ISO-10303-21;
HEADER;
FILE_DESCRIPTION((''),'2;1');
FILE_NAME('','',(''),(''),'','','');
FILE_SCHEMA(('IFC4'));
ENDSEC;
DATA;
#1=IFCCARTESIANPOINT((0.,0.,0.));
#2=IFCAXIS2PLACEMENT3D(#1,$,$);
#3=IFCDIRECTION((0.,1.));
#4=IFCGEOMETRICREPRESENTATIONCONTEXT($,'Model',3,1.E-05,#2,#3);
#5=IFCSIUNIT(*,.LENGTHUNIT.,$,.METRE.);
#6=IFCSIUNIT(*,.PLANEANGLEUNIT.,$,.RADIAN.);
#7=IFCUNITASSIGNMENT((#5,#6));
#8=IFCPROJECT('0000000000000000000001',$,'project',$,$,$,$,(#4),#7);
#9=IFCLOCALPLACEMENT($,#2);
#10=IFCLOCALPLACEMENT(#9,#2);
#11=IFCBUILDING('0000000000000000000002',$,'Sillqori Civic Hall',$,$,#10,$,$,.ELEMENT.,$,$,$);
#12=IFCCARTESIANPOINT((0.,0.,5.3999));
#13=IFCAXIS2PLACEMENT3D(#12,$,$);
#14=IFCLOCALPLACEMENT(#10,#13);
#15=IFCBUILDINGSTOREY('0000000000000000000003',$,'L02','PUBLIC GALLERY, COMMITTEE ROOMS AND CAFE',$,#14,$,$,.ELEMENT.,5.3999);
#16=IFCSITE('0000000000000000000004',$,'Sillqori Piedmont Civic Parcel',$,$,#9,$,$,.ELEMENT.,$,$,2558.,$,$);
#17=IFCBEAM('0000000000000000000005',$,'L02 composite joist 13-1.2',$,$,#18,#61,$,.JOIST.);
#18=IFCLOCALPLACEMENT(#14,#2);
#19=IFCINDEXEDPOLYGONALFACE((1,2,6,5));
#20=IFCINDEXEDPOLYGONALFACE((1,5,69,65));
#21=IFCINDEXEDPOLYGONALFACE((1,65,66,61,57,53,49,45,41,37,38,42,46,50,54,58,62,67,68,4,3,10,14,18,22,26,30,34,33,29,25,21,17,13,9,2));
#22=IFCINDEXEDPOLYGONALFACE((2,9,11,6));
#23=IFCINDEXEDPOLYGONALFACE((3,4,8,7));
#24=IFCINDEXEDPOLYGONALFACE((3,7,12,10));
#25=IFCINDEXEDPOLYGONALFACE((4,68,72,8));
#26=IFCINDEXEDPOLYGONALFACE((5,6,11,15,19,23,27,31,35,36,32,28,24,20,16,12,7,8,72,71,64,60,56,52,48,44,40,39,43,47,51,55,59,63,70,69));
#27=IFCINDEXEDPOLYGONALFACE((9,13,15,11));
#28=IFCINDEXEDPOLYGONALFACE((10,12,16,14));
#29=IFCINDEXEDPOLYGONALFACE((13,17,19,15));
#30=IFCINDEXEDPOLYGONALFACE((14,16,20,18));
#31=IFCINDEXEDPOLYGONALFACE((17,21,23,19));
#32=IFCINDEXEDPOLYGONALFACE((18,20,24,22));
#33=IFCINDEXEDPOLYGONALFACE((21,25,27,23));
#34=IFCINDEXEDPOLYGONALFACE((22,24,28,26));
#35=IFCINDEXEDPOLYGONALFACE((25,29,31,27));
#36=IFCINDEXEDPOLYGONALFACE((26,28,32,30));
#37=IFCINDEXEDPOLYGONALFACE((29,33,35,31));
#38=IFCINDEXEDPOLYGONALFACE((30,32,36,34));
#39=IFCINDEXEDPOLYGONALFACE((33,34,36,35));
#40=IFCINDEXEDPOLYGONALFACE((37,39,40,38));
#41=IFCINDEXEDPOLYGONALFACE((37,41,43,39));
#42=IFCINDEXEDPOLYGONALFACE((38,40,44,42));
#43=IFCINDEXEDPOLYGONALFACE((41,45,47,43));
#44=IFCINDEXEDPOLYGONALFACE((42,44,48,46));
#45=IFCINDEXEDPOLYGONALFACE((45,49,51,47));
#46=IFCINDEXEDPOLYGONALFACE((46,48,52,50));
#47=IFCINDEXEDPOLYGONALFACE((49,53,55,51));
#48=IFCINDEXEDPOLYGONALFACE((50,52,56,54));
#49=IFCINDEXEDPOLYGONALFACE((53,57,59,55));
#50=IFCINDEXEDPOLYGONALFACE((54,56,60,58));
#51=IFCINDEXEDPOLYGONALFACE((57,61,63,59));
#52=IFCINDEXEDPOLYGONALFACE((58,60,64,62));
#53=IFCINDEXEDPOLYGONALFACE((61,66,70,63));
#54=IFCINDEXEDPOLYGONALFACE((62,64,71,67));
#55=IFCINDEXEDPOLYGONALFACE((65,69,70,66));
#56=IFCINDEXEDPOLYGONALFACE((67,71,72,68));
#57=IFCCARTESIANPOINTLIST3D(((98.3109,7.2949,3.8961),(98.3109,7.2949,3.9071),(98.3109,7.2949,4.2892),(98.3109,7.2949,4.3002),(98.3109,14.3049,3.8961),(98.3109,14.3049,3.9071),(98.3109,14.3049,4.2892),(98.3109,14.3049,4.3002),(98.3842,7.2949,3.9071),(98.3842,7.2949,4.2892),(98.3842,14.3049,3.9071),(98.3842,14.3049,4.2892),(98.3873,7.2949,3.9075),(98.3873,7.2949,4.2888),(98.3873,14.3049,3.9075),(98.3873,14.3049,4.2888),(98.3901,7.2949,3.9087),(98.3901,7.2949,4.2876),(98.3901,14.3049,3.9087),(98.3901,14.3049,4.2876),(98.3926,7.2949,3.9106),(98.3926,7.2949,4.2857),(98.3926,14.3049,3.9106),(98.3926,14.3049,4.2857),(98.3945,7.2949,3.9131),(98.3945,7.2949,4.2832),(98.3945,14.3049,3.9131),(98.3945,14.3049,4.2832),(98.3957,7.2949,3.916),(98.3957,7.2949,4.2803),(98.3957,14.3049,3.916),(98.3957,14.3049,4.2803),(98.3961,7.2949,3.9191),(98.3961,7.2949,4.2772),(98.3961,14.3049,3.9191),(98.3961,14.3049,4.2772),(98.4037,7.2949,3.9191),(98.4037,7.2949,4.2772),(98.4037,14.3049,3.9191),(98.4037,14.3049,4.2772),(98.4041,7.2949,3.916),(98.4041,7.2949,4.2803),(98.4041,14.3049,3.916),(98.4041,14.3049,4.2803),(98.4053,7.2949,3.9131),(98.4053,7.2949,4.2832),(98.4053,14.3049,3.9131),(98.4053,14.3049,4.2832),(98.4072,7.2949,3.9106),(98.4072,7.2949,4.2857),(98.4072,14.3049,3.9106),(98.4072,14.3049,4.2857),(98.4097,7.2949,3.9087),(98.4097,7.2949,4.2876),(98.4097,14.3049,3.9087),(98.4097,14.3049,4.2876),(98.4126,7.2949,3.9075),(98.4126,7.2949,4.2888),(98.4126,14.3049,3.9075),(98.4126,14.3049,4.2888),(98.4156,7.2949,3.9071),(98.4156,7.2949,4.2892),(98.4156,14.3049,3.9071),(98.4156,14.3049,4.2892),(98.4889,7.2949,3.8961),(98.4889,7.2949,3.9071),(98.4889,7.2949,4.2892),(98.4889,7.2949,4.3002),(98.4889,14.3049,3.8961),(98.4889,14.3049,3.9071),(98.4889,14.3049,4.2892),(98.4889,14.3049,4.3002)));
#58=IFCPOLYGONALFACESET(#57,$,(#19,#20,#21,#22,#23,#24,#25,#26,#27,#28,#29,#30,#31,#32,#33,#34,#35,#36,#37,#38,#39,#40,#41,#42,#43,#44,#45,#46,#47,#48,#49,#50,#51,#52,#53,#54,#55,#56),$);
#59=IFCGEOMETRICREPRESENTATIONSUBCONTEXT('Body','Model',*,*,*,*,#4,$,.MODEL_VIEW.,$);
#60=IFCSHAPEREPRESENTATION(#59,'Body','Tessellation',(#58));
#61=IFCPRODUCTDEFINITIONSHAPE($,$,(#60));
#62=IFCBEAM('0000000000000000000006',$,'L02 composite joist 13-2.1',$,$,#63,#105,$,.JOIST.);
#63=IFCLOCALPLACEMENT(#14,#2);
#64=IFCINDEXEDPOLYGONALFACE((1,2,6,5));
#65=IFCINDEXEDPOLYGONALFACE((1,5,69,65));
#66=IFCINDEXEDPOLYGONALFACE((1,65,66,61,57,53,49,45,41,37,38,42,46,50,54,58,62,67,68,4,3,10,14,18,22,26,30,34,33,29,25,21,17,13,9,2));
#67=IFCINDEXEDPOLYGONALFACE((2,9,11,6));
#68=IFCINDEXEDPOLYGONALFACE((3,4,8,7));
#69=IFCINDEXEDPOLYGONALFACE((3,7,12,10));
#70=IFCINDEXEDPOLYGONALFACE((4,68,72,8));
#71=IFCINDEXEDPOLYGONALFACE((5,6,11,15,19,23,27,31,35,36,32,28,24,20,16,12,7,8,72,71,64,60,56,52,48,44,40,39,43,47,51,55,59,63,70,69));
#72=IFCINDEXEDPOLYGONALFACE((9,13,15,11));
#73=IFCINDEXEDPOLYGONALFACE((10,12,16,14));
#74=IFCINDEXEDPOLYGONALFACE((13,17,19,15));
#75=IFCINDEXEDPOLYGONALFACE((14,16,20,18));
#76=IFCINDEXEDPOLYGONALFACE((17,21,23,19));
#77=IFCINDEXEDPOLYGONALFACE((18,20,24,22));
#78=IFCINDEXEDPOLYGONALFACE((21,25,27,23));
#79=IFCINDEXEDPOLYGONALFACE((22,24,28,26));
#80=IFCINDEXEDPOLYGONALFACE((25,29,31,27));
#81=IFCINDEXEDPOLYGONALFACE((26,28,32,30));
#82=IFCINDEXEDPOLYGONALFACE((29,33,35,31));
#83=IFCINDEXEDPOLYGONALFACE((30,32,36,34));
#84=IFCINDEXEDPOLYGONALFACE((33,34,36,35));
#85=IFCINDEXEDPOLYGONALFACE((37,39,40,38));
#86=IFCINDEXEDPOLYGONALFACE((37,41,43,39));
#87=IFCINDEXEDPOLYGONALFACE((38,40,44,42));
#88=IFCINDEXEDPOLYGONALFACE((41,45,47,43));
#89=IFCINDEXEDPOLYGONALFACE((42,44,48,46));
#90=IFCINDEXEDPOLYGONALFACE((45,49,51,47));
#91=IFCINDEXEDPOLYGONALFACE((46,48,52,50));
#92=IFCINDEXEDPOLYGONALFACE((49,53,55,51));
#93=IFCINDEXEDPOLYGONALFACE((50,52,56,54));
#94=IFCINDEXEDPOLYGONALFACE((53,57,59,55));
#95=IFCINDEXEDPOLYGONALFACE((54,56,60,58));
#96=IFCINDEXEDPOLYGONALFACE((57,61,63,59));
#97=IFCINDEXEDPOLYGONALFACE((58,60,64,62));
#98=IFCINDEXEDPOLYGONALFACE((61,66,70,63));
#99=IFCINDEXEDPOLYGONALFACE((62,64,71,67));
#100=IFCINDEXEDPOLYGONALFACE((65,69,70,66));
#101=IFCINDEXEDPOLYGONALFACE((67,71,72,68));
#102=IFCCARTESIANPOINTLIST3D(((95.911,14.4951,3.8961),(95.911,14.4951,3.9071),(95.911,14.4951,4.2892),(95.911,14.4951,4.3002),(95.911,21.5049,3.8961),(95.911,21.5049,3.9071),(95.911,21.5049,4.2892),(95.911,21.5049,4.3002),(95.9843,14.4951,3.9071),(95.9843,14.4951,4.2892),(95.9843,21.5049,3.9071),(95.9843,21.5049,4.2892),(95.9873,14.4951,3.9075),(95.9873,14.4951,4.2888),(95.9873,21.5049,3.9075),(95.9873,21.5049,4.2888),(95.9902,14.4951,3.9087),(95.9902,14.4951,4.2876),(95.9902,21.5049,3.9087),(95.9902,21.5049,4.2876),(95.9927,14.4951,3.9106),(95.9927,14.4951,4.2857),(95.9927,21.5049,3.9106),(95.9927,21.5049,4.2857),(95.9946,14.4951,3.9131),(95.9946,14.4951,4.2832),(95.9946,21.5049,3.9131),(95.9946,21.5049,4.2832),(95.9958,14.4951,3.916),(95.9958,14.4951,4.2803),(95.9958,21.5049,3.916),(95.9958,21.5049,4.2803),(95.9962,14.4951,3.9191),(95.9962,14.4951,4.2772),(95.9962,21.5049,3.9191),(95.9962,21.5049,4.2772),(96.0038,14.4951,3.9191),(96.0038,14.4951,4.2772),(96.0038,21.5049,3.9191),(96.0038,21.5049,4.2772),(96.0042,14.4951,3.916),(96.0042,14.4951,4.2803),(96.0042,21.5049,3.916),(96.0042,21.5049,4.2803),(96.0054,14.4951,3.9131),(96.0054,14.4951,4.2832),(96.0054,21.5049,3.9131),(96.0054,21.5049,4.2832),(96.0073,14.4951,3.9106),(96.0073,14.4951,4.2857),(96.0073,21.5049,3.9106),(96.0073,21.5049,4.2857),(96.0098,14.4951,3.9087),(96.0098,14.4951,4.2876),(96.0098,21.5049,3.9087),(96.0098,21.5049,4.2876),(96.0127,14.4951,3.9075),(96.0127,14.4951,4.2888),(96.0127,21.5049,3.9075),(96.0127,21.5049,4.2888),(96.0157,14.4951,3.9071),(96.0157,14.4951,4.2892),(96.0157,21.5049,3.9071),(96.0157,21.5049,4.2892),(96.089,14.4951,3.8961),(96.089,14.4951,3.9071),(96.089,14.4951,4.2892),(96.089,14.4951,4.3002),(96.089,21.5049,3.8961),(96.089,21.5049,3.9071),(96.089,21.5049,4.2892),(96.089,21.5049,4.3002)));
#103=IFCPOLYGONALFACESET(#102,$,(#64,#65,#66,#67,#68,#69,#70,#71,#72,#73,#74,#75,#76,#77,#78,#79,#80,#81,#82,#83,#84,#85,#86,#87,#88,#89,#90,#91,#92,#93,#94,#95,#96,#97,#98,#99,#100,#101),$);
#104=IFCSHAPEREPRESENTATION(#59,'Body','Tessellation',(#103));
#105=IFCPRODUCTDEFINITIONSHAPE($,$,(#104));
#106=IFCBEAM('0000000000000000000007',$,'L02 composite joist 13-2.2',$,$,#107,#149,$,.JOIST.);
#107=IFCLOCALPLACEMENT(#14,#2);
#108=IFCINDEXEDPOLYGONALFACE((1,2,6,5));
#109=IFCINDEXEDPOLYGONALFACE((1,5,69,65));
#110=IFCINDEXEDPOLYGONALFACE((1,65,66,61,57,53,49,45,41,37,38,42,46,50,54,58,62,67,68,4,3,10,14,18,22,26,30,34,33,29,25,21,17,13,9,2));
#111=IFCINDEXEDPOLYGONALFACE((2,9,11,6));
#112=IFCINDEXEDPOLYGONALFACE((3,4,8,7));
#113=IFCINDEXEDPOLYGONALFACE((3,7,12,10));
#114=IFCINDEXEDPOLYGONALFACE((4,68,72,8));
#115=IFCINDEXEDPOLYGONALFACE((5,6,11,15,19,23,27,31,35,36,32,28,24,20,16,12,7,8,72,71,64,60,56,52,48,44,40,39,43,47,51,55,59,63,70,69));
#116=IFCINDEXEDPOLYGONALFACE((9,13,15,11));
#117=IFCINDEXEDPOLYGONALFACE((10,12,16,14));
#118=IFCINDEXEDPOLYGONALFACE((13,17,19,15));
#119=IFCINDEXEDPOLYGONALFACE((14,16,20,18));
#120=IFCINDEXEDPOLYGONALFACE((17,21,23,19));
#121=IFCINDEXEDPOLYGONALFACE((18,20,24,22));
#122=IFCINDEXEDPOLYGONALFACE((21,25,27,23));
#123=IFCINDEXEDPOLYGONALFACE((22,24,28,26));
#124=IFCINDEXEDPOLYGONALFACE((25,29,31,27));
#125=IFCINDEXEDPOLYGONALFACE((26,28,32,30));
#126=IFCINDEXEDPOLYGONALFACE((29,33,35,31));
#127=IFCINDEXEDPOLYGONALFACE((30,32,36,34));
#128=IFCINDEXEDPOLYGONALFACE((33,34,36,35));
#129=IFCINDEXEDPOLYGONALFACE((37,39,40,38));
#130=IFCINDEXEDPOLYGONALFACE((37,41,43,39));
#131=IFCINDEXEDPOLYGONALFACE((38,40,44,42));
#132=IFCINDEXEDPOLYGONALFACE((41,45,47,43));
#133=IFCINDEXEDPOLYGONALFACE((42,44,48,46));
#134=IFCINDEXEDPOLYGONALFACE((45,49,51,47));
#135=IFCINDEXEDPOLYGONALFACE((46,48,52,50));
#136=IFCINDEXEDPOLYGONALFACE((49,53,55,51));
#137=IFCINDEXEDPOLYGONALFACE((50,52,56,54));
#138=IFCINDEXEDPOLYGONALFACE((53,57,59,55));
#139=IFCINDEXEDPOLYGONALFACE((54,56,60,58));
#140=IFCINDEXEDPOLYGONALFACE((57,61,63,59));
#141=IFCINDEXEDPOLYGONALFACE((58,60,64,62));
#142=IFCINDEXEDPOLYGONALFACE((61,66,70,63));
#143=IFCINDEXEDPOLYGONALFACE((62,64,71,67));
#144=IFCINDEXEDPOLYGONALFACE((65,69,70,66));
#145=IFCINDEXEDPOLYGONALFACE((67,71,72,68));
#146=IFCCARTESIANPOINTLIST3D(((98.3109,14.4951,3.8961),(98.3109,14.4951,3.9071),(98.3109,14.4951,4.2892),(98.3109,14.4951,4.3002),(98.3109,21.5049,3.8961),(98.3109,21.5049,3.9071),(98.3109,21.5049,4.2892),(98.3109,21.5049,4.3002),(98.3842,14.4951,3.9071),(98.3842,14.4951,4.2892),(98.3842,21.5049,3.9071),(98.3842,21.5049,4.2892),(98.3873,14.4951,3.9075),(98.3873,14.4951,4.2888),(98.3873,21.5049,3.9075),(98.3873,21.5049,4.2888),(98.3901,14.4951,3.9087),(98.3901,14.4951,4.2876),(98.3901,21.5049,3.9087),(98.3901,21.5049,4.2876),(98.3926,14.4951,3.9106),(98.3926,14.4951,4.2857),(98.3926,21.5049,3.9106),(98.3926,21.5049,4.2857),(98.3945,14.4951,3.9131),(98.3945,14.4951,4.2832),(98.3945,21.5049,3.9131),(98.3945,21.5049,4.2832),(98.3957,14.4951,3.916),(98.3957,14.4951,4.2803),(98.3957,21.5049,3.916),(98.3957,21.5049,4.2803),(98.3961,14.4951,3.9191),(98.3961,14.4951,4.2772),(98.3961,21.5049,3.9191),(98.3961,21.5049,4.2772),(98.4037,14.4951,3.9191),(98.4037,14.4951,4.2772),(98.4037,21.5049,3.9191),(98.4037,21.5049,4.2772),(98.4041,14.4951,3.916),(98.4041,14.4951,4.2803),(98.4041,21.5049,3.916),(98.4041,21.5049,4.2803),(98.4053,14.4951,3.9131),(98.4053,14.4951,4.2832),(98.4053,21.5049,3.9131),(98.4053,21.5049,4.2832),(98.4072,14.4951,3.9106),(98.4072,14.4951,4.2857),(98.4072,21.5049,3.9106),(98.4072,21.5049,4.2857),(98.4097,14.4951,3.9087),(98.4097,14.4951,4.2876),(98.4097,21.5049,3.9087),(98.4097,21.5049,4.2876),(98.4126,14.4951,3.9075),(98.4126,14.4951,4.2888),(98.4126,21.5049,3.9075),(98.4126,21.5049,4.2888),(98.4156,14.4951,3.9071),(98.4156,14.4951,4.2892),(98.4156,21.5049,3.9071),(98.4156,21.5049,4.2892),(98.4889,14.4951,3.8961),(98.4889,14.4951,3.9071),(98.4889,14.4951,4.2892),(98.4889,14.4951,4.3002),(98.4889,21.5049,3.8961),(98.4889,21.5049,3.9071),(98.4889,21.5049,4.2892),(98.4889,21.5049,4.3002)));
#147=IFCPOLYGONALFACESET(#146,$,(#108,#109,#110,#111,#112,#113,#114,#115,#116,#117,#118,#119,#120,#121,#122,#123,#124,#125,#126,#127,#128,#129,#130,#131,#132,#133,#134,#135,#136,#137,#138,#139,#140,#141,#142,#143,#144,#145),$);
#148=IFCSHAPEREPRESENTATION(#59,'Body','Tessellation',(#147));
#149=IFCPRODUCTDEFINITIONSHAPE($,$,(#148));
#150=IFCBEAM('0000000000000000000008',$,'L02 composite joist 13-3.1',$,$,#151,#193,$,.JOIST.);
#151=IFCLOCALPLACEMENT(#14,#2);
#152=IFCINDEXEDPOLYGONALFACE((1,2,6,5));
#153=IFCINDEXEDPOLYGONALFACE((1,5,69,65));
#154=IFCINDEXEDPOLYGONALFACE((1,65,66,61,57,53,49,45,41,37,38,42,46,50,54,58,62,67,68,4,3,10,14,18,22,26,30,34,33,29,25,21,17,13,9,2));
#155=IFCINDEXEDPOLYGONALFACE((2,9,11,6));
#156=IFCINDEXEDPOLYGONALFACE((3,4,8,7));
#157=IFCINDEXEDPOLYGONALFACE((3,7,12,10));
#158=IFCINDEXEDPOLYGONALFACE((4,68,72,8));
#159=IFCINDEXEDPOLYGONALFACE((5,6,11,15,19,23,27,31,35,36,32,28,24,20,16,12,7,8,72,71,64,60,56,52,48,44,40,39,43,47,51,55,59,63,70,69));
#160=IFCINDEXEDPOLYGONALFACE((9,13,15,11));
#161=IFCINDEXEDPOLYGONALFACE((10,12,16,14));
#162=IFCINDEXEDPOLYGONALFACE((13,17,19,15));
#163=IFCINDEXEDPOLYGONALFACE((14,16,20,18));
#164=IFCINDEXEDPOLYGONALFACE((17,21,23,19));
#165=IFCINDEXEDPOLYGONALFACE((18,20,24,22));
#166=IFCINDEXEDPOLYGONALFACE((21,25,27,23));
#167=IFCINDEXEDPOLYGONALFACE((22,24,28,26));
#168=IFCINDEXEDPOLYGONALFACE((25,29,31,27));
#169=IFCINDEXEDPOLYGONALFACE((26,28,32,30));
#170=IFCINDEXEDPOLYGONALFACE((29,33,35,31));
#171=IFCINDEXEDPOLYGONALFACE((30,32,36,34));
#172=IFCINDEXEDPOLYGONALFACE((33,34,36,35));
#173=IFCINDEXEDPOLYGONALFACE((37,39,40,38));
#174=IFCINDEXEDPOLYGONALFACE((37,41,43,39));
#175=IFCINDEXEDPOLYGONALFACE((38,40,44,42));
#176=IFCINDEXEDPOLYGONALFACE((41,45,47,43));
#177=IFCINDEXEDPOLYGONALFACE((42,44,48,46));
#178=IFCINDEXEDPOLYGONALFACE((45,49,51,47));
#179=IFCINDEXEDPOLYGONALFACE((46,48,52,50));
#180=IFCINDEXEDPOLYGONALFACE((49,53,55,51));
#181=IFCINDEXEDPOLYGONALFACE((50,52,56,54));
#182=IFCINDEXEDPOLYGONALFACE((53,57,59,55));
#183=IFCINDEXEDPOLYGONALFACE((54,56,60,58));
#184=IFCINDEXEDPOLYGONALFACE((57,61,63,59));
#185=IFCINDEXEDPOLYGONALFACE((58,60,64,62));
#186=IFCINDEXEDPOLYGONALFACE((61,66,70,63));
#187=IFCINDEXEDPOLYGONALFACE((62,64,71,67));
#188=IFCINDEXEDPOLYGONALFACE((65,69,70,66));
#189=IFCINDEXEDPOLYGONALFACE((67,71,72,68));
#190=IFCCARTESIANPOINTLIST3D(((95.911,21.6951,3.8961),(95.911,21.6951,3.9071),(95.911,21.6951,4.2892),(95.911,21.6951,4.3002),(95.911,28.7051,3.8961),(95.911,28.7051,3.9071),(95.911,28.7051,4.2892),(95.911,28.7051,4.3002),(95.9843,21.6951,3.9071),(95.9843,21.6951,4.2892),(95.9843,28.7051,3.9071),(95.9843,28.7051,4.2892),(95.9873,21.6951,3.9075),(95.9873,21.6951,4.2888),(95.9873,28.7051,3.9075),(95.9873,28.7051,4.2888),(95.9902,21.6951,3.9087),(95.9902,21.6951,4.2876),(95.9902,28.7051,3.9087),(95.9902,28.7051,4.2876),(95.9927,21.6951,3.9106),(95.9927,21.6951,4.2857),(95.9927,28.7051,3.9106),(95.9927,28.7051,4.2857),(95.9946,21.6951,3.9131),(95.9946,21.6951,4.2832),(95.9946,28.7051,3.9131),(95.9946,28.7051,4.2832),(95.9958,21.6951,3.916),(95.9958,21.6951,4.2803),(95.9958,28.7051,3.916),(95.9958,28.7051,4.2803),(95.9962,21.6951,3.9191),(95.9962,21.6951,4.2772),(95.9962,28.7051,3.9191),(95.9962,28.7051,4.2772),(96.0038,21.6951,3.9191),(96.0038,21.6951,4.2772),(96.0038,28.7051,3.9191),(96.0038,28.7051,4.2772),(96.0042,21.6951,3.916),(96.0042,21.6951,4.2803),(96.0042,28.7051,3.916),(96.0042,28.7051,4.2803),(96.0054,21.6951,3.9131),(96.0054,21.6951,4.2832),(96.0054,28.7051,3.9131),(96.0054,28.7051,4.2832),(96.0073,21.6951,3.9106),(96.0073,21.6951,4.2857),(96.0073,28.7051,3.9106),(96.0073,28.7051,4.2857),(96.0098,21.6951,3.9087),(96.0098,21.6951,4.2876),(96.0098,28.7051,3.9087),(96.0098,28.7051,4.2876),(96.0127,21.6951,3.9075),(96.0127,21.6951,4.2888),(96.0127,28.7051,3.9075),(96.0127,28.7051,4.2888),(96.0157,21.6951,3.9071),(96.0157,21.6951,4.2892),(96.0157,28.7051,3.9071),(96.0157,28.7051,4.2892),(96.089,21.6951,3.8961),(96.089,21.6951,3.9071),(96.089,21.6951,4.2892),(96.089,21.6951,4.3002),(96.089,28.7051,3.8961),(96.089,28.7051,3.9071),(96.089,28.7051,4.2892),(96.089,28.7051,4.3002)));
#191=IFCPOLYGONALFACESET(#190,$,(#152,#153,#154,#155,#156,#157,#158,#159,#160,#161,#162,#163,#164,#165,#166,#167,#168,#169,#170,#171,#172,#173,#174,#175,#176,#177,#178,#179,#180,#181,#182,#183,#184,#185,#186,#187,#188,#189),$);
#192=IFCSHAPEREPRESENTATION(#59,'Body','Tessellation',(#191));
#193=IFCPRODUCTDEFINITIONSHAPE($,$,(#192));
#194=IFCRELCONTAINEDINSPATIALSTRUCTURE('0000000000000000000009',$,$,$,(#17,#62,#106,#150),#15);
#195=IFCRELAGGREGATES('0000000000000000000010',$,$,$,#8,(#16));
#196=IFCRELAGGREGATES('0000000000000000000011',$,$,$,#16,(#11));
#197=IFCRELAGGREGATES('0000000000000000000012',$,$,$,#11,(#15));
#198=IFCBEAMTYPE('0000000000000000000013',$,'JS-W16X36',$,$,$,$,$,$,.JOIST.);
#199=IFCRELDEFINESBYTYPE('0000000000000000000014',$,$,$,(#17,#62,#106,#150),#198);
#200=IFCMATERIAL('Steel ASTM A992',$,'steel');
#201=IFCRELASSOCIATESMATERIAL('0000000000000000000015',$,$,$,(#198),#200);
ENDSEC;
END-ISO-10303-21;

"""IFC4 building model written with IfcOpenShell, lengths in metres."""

from ifc_helpers import new_model, si_unit, direction, frame, origin, origin_2d, place, context, subcontext, project, spatial, i_section, extrude, material, material_profile, profile_set, type_object, element, save


model = new_model("IFC4")

# Units and contexts
model_context = context("Model", 3, precision=1e-05, world=origin(), true_north=direction((0.0, 1.0)))
body_context = subcontext(model_context, "Body", "Model", "MODEL_VIEW")
ifc_project = project(units=[si_unit("LENGTHUNIT", "METRE"), si_unit("PLANEANGLEUNIT", "RADIAN")], contexts=[model_context])

# Site, building, storey
site_placement = place(None, origin())
site = spatial("IfcSite", under=ifc_project, at=site_placement, Name="Sillqori Piedmont Civic Parcel", CompositionType="ELEMENT", RefElevation=2558.0)
building_placement = place(site_placement, origin())
building = spatial("IfcBuilding", under=site, at=building_placement, Name="Sillqori Civic Hall", CompositionType="ELEMENT")
storey_placement = place(building_placement, frame((0.0, 0.0, 5.3999)))
storey = spatial("IfcBuildingStorey", under=building, at=storey_placement, Name="L02", Description="PUBLIC GALLERY, COMMITTEE ROOMS AND CAFE", CompositionType="ELEMENT", Elevation=5.3999)

# Shared definitions
ifc_material_1 = material(Name="Steel ASTM A992", Category="steel")

# Beams
ifc_material_profile_1 = material_profile(ifc_material_1, i_section(OverallWidth=0.178, OverallDepth=0.4041, WebThickness=0.0076, FlangeThickness=0.011, FilletRadius=0.012, at=origin_2d()), Name="W16X36")
ifc_profile_set_1 = profile_set([ifc_material_profile_1], Name="Steel ASTM A992")
beam_type_1 = type_object("IfcBeamType", Name="JS-W16X36", PredefinedType="JOIST", material=ifc_profile_set_1)
for number, where, z_axis, x_axis, name in (
    (1, (98.3999, 7.2949, 4.0981), (0.0, 1.0, 0.0), (-1.0, 0.0, 0.0), "L02 composite joist 13-1.2"),
):
    element("IfcBeam", number, at=place(storey_placement, frame(where, z_axis=z_axis, x_axis=x_axis)), inside=storey, type_object=beam_type_1, Name=name, PredefinedType="JOIST", context=body_context, shape_type="SweptSolid", body=[
        extrude(i_section(OverallWidth=0.178, OverallDepth=0.4041, WebThickness=0.0076, FlangeThickness=0.011, FilletRadius=0.012, at=origin_2d()), origin(), (0.0, 0.0, 1.0), 7.01),
    ])
for number, where, z_axis, x_axis, name in (
    (2, (96.0, 14.4951, 4.0981), (0.0, 1.0, 0.0), (-1.0, 0.0, 0.0), "L02 composite joist 13-2.1"),
    (3, (98.3999, 14.4951, 4.0981), (0.0, 1.0, 0.0), (-1.0, 0.0, 0.0), "L02 composite joist 13-2.2"),
):
    element("IfcBeam", number, at=place(storey_placement, frame(where, z_axis=z_axis, x_axis=x_axis)), inside=storey, type_object=beam_type_1, Name=name, PredefinedType="JOIST", context=body_context, shape_type="SweptSolid", body=[
        extrude(i_section(OverallWidth=0.178, OverallDepth=0.4041, WebThickness=0.0076, FlangeThickness=0.011, FilletRadius=0.012, at=origin_2d()), origin(), (0.0, 0.0, 1.0), 7.0098),
    ])
for number, where, z_axis, x_axis, name in (
    (4, (96.0, 21.6951, 4.0981), (0.0, 1.0, 0.0), (-1.0, 0.0, 0.0), "L02 composite joist 13-3.1"),
):
    element("IfcBeam", number, at=place(storey_placement, frame(where, z_axis=z_axis, x_axis=x_axis)), inside=storey, type_object=beam_type_1, Name=name, PredefinedType="JOIST", context=body_context, shape_type="SweptSolid", body=[
        extrude(i_section(OverallWidth=0.178, OverallDepth=0.4041, WebThickness=0.0076, FlangeThickness=0.011, FilletRadius=0.012, at=origin_2d()), origin(), (0.0, 0.0, 1.0), 7.01),
    ])

save(model, "model.ifc")
